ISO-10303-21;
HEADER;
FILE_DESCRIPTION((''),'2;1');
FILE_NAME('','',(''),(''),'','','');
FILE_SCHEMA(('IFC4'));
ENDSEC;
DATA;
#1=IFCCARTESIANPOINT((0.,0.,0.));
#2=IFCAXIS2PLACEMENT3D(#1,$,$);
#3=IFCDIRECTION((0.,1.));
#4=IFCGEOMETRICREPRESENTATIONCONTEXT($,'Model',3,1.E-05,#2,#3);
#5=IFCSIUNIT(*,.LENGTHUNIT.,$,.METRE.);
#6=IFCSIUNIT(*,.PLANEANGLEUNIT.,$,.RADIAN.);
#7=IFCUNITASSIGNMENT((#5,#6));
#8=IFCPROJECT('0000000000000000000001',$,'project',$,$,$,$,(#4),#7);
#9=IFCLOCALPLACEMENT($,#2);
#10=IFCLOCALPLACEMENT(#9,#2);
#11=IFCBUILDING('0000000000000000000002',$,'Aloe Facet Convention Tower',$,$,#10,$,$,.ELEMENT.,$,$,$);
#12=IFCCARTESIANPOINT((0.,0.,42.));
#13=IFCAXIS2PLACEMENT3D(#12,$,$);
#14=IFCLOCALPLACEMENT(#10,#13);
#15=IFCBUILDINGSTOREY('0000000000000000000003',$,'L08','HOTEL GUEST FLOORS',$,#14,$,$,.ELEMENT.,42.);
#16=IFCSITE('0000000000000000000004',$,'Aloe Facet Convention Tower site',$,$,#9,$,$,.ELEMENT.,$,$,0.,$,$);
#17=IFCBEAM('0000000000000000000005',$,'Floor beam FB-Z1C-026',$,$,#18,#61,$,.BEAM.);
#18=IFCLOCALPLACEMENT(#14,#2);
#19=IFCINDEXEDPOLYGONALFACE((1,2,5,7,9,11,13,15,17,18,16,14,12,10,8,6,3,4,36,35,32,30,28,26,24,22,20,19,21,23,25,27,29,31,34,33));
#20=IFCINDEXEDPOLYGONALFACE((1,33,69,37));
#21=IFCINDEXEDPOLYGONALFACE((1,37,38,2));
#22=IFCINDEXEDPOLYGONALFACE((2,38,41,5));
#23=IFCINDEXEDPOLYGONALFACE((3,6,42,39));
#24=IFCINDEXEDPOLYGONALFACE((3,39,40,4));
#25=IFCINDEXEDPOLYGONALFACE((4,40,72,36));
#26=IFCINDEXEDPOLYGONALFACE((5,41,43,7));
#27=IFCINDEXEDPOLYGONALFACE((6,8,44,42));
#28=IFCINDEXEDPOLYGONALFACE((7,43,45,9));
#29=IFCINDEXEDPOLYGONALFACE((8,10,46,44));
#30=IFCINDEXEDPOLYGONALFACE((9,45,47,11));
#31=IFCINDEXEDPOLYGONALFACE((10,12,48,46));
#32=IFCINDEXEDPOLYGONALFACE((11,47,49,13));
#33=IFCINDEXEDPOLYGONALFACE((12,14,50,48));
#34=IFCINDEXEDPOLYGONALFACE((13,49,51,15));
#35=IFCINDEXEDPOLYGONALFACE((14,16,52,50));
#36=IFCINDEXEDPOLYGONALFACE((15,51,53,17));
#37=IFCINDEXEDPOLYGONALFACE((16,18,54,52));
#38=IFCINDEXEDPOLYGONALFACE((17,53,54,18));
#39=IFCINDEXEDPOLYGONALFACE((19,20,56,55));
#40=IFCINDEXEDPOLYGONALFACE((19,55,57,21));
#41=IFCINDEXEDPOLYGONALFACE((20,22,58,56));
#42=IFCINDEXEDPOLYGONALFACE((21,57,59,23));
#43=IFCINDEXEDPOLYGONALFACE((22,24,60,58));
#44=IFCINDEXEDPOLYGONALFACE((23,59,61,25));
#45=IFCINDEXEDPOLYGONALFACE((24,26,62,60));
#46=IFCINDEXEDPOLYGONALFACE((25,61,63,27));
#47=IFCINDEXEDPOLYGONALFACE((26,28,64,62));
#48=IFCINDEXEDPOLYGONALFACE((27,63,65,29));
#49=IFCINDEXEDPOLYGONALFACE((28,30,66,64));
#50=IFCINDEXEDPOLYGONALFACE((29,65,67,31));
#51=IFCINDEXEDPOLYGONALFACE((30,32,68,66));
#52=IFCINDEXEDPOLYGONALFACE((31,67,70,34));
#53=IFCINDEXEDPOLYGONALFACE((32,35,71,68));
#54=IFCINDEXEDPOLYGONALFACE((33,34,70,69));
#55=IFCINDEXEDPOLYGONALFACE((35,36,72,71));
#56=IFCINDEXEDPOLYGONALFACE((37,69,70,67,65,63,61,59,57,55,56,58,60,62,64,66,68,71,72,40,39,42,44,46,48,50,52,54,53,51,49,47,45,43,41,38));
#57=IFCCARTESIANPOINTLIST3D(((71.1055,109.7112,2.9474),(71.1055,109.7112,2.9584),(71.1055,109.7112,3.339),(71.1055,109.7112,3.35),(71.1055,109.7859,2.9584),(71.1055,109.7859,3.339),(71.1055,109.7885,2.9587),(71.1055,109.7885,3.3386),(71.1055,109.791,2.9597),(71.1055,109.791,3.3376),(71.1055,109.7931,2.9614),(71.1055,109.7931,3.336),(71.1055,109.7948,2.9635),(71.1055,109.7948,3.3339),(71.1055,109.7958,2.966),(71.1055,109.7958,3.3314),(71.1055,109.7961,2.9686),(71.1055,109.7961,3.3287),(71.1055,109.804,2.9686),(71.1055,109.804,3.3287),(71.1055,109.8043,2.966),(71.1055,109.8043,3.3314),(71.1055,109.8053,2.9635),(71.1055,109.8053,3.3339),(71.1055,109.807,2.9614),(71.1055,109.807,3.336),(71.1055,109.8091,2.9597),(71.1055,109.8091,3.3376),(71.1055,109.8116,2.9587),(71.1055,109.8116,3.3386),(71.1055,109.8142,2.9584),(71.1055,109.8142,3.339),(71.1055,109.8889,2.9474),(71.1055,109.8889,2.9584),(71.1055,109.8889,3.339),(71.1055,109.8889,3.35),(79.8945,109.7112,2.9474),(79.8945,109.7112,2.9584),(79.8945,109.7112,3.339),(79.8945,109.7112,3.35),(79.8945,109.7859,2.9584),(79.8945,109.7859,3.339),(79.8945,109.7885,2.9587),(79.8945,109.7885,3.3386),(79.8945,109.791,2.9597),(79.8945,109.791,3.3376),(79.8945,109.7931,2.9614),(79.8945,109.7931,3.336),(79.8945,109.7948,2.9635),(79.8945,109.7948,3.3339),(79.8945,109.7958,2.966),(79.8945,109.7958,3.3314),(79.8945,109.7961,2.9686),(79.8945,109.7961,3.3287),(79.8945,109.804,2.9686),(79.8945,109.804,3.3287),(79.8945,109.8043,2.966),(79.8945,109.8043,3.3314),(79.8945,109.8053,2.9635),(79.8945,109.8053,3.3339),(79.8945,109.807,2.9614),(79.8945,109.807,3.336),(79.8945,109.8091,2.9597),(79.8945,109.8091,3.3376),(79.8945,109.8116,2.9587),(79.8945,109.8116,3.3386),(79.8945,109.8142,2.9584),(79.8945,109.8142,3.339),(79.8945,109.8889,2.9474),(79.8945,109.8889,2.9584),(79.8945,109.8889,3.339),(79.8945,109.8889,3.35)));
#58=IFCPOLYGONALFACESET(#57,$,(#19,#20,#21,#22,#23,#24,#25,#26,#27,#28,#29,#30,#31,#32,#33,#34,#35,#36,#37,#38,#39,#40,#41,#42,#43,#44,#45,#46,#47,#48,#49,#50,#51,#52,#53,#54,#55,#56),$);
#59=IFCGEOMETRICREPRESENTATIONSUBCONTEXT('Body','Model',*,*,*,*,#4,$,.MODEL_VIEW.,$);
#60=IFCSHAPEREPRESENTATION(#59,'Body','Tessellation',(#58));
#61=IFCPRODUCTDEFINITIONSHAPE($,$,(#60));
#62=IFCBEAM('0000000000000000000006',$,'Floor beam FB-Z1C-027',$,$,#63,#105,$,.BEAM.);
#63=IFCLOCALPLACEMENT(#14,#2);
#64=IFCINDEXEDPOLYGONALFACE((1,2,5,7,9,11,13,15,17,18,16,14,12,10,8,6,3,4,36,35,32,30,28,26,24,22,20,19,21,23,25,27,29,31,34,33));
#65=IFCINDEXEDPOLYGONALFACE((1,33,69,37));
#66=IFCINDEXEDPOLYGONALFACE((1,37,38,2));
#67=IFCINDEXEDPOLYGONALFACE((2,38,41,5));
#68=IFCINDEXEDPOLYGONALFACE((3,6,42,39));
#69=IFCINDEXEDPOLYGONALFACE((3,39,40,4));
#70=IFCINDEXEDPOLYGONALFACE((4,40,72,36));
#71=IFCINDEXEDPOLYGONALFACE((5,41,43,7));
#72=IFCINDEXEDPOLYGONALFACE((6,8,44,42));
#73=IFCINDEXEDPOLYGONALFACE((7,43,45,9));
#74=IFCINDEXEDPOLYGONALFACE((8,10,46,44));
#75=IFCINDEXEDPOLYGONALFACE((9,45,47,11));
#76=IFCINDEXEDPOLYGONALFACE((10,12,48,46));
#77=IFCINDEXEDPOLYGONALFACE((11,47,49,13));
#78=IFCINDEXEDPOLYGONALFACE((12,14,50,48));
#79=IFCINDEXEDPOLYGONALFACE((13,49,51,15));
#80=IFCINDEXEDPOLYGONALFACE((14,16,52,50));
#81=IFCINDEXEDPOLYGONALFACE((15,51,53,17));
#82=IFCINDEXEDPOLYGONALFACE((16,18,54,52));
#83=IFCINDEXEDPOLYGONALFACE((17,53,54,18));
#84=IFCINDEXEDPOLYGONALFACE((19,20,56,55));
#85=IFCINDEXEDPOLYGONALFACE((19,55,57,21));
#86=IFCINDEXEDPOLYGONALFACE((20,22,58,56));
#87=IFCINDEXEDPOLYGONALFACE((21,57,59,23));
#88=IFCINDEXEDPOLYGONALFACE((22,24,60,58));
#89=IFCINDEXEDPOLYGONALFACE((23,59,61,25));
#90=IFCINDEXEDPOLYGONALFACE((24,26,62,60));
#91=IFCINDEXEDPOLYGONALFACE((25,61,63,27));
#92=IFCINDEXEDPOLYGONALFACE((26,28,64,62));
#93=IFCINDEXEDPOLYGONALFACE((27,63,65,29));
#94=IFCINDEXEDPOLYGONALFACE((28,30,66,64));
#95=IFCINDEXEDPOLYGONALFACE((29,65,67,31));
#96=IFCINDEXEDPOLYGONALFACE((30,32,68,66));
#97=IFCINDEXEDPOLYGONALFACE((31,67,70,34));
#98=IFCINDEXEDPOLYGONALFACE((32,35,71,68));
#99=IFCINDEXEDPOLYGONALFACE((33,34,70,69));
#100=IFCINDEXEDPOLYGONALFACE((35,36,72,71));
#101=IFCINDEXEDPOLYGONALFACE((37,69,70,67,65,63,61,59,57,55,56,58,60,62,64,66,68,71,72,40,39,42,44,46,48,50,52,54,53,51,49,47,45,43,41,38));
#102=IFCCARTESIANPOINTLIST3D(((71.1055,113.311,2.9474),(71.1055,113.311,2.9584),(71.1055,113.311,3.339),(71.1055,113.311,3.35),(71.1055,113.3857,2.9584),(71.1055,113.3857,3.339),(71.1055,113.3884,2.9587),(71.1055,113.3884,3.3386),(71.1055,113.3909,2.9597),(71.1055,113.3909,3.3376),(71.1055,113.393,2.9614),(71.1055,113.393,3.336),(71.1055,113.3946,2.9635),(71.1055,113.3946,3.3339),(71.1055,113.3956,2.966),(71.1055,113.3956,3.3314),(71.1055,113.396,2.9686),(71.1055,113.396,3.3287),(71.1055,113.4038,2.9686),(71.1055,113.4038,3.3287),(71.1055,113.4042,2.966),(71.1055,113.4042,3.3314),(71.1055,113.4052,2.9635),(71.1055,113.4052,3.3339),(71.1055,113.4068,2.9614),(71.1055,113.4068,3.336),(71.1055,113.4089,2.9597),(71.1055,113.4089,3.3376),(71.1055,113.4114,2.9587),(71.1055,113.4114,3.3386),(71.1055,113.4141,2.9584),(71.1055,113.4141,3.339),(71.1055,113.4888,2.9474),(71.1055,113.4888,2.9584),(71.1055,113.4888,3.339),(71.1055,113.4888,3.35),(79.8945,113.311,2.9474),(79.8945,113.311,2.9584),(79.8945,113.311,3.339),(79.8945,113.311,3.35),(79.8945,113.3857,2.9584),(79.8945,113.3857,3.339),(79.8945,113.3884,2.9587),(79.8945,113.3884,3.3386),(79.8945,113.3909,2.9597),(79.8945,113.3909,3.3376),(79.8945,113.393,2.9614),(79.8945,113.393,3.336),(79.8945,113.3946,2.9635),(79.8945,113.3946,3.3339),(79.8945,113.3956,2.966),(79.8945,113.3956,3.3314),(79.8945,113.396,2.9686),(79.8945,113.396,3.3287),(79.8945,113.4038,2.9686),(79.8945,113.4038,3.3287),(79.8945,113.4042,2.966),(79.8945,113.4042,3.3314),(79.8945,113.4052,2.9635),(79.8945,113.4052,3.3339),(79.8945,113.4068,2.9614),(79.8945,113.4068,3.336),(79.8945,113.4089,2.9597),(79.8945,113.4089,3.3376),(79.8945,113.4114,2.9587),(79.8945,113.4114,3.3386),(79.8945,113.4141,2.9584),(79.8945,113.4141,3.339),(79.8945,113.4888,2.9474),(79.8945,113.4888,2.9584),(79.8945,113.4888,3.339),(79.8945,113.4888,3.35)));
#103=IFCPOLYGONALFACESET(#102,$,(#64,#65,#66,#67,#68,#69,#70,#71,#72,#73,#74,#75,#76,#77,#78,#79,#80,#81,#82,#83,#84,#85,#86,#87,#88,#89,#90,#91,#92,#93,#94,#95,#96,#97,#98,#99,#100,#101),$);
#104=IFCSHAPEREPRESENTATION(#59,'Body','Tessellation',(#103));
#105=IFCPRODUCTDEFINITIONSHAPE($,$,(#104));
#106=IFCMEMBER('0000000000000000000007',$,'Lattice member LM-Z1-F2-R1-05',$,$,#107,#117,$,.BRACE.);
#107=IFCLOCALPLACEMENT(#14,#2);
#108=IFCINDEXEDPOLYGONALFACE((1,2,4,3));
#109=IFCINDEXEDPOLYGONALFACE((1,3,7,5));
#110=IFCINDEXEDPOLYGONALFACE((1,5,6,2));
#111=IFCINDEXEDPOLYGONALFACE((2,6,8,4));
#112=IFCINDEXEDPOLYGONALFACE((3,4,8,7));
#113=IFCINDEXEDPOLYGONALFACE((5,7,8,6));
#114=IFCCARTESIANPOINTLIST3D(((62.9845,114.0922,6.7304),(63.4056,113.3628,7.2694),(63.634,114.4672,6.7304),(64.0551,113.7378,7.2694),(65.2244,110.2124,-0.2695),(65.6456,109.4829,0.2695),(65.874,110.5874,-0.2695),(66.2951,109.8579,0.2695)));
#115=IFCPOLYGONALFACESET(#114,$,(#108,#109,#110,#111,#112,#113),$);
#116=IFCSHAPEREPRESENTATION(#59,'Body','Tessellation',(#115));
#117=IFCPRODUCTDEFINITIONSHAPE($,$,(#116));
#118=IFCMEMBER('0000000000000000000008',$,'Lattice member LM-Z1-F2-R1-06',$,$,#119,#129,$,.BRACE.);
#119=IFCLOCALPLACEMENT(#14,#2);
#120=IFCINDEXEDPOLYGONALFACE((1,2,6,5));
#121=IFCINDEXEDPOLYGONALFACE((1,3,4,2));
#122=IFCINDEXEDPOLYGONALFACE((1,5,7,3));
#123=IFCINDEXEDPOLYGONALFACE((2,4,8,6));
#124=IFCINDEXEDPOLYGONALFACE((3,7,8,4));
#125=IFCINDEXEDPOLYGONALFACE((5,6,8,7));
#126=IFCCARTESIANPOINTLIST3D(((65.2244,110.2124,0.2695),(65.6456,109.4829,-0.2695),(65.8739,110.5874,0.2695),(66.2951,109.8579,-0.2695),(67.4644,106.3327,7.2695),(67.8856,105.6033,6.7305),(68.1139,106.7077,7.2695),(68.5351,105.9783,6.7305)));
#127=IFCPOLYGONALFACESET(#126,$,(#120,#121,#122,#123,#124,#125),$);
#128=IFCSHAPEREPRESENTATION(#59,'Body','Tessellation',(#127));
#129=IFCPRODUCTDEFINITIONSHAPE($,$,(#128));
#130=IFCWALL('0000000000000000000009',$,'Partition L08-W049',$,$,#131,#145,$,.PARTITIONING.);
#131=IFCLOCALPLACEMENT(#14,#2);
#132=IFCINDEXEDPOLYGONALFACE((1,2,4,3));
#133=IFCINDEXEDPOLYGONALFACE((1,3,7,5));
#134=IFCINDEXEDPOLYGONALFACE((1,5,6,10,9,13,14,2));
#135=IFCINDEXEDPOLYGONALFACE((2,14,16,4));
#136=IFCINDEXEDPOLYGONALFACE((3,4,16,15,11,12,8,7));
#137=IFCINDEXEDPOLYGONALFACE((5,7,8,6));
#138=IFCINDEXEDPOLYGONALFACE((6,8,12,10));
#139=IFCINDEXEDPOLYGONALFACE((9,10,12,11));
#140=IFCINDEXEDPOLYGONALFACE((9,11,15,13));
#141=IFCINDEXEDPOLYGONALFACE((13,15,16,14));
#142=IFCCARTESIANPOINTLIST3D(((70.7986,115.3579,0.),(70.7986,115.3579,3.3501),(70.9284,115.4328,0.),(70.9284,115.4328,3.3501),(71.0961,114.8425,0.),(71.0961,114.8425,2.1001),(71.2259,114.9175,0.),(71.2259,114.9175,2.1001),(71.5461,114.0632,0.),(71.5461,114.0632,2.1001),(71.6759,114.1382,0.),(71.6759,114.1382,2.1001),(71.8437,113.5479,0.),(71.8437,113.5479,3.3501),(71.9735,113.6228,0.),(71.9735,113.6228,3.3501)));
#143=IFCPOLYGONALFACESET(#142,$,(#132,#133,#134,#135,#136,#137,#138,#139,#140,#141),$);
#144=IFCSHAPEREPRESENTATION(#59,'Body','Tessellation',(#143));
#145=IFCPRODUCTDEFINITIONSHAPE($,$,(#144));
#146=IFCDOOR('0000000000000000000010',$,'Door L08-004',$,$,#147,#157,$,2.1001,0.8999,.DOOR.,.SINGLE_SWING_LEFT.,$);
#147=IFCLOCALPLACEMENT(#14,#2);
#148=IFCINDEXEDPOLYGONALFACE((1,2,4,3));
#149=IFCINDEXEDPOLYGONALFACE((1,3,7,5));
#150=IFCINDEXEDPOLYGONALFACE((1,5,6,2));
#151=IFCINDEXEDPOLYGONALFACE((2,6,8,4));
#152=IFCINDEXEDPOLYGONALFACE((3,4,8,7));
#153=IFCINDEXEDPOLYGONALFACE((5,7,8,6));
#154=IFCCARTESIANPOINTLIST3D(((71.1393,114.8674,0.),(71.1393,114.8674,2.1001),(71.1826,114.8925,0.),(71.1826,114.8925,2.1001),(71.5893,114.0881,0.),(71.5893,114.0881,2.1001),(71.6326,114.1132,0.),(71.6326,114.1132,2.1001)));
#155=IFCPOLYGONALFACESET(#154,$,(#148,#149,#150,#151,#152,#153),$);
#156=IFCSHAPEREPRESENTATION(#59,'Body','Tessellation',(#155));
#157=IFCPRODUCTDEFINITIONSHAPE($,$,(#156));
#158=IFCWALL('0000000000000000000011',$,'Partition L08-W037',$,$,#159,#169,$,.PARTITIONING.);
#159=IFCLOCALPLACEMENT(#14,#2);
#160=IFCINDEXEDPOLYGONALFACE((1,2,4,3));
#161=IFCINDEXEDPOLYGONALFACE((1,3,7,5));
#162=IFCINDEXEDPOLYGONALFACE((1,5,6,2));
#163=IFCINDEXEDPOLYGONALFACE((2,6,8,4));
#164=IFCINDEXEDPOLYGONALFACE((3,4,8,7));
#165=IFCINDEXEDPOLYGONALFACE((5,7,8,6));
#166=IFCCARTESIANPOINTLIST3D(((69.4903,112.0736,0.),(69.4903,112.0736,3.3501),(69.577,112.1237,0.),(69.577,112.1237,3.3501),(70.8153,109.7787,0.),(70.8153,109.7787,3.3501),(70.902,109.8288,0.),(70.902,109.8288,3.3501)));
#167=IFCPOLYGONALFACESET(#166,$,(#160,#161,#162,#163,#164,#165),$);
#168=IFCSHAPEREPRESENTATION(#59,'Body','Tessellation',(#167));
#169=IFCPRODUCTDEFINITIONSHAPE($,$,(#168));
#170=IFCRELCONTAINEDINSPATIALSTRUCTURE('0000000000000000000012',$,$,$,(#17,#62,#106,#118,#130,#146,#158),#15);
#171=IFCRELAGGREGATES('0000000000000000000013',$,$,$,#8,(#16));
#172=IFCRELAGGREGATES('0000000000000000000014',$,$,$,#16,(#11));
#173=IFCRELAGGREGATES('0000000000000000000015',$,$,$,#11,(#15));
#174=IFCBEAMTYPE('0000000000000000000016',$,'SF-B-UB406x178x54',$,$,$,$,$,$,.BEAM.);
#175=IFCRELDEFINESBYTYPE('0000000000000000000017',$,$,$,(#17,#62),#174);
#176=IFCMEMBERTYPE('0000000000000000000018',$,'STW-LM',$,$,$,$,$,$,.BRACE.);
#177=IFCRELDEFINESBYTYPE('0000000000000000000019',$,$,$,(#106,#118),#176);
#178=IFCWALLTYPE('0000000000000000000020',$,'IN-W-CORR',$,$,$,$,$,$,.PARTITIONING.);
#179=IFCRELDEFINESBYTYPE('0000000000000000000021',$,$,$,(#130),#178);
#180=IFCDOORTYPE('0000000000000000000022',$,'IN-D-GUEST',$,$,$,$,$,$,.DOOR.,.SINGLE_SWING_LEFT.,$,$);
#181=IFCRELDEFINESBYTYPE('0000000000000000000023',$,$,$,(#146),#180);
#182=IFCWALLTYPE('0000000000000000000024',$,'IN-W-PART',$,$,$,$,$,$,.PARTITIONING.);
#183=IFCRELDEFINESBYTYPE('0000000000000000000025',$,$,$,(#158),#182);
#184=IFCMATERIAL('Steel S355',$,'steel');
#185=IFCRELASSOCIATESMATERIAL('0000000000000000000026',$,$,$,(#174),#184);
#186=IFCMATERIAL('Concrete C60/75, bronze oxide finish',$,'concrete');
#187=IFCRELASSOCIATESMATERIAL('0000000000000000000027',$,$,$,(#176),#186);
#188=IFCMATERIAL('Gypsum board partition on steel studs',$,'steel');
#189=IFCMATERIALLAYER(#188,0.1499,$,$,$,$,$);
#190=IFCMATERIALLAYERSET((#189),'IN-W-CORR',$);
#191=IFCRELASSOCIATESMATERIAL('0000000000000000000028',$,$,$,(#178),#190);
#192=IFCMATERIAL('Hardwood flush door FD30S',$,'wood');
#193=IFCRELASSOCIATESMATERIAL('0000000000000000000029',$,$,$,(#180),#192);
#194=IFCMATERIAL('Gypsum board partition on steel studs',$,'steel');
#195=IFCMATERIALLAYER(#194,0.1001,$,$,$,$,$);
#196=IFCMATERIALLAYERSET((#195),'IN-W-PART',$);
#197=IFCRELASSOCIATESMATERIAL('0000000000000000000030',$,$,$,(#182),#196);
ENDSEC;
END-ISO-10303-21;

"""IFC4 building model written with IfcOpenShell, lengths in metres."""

from ifc_helpers import new_model, si_unit, direction, frame, frame_2d, origin, origin_2d, place, context, subcontext, project, spatial, rectangle, i_section, extrude, material, layer, layer_set, material_profile, profile_set, type_object, element, fill, save


model = new_model("IFC4")

# Units and contexts
model_context = context("Model", 3, precision=1e-05, world=origin(), true_north=direction((0.0, 1.0)))
body_context = subcontext(model_context, "Body", "Model", "MODEL_VIEW")
ifc_project = project(units=[si_unit("LENGTHUNIT", "METRE"), si_unit("PLANEANGLEUNIT", "RADIAN")], contexts=[model_context])

# Site, building, storey
site_placement = place(None, origin())
site = spatial("IfcSite", under=ifc_project, at=site_placement, Name="Aloe Facet Convention Tower site", CompositionType="ELEMENT", RefElevation=0.0)
building_placement = place(site_placement, origin())
building = spatial("IfcBuilding", under=site, at=building_placement, Name="Aloe Facet Convention Tower", CompositionType="ELEMENT")
storey_placement = place(building_placement, frame((0.0, 0.0, 42.0)))
storey = spatial("IfcBuildingStorey", under=building, at=storey_placement, Name="L08", Description="HOTEL GUEST FLOORS", CompositionType="ELEMENT", Elevation=42.0)

# Beams
ifc_material_1 = material(Name="Steel S355", Category="steel")
ifc_material_profile_1 = material_profile(ifc_material_1, i_section(OverallWidth=0.1777, OverallDepth=0.4026, WebThickness=0.0078, FlangeThickness=0.011, FilletRadius=0.0103, at=origin_2d()), Name="UB 406x178x54")
ifc_profile_set_1 = profile_set([ifc_material_profile_1], Name="Steel S355")
beam_type = type_object("IfcBeamType", Name="SF-B-UB406x178x54", PredefinedType="BEAM", material=ifc_profile_set_1)
for number, where, z_axis, x_axis, name in (
    (1, (71.1055, 109.8, 3.1487), (1.0, 0.0, 0.0), (0.0, 1.0, 0.0), "Floor beam FB-Z1C-026"),
    (2, (71.1055, 113.3999, 3.1487), (1.0, 0.0, 0.0), (0.0, 1.0, 0.0), "Floor beam FB-Z1C-027"),
):
    element("IfcBeam", number, at=place(storey_placement, frame(where, z_axis=z_axis, x_axis=x_axis)), inside=storey, type_object=beam_type, Name=name, PredefinedType="BEAM", context=body_context, shape_type="SweptSolid", body=[
        extrude(i_section(OverallWidth=0.1777, OverallDepth=0.4026, WebThickness=0.0078, FlangeThickness=0.011, FilletRadius=0.0103, at=origin_2d()), origin(), (0.0, 0.0, 1.0), 8.7891),
    ])

# Members
ifc_material_2 = material(Name="Concrete C60/75, bronze oxide finish", Category="concrete")
ifc_material_profile_2 = material_profile(ifc_material_2, rectangle(XDim=0.75, YDim=1.0, at=origin_2d()), Name="STW-LM")
ifc_profile_set_2 = profile_set([ifc_material_profile_2], Name="Concrete C60/75, bronze oxide finish")
member_type = type_object("IfcMemberType", Name="STW-LM", PredefinedType="BRACE", material=ifc_profile_set_2)
for number, where, z_axis, x_axis, name in (
    (3, (65.7598, 110.0352, 0.0), (-0.269524, 0.466843, 0.842267), (-0.866031, -0.49999, 0.0), "Lattice member LM-Z1-F2-R1-05"),
    (4, (65.7598, 110.0352, 0.0), (0.269528, -0.46682, 0.842279), (0.866018, 0.500013, 0.0), "Lattice member LM-Z1-F2-R1-06"),
):
    element("IfcMember", number, at=place(storey_placement, frame(where, z_axis=z_axis, x_axis=x_axis)), inside=storey, type_object=member_type, Name=name, PredefinedType="BRACE", context=body_context, shape_type="SweptSolid", body=[
        extrude(rectangle(XDim=0.75, YDim=1.0, at=origin_2d()), origin(), (0.0, 0.0, 1.0), 8.3108),
    ])

# Wall, opening, door
ifc_material_3 = material(Name="Gypsum board partition on steel studs", Category="steel")
ifc_layer_1 = layer(ifc_material_3, 0.1499)
ifc_layer_set_1 = layer_set([ifc_layer_1], Name="IN-W-CORR")
wall_type_1 = type_object("IfcWallType", Name="IN-W-CORR", PredefinedType="PARTITIONING", material=ifc_layer_set_1)
wall_1_placement = place(storey_placement, frame((70.8635, 115.3953, 0.0), z_axis=(0.0, 0.0, 1.0), x_axis=(0.500046, -0.865999, 0.0)))
wall_1 = element("IfcWall", 5, at=wall_1_placement, inside=storey, type_object=wall_type_1, Name="Partition L08-W049", PredefinedType="PARTITIONING", context=body_context, shape_type="SweptSolid", body=[
    extrude(rectangle(XDim=2.0901, YDim=0.1499, at=frame_2d((1.0449, 0.0))), origin(), (0.0, 0.0, 1.0), 3.3501),
])
opening_1_placement = place(wall_1_placement, frame((0.595, 0.0, 0.0)))
opening_1 = element("IfcOpeningElement", 6, at=opening_1_placement, cuts=wall_1, PredefinedType="OPENING", context=body_context, shape_type="SweptSolid", body=[
    extrude(rectangle(XDim=0.8999, YDim=2.1001, at=frame_2d((0.45, 1.05))), frame((0.0, 0.085, 0.0), z_axis=(0.0, -1.0, 0.0), x_axis=(1.0, 0.0, 0.0)), (0.0, 0.0, 1.0), 0.1699),
])
ifc_material_4 = material(Name="Hardwood flush door FD30S", Category="wood")
door_type_1 = type_object("IfcDoorType", Name="IN-D-GUEST", OperationType="SINGLE_SWING_LEFT", PredefinedType="DOOR", material=ifc_material_4)
door_1_placement = place(opening_1_placement, origin())
door_1 = element("IfcDoor", 7, at=door_1_placement, inside=storey, type_object=door_type_1, Name="Door L08-004", OperationType="SINGLE_SWING_LEFT", OverallHeight=2.1001, OverallWidth=0.8999, PredefinedType="DOOR", context=body_context, shape_type="SweptSolid", body=[
    extrude(rectangle(XDim=0.8999, YDim=2.1001, at=frame_2d((0.45, 1.05))), frame((0.0, 0.0249, 0.0), z_axis=(0.0, -1.0, 0.0), x_axis=(1.0, 0.0, 0.0)), (0.0, 0.0, 1.0), 0.05),
])
fill(opening_1, door_1)

# Wall
ifc_material_5 = material(Name="Gypsum board partition on steel studs", Category="steel")
ifc_layer_2 = layer(ifc_material_5, 0.1001)
ifc_layer_set_2 = layer_set([ifc_layer_2], Name="IN-W-PART")
wall_type_2 = type_object("IfcWallType", Name="IN-W-PART", PredefinedType="PARTITIONING", material=ifc_layer_set_2)
wall_2_placement = place(storey_placement, frame((69.5337, 112.0986, 0.0), z_axis=(0.0, 0.0, 1.0), x_axis=(0.499994, -0.866029, 0.0)))
element("IfcWall", 8, at=wall_2_placement, inside=storey, type_object=wall_type_2, Name="Partition L08-W037", PredefinedType="PARTITIONING", context=body_context, shape_type="SweptSolid", body=[
    extrude(rectangle(XDim=2.6499, YDim=0.1001, at=frame_2d((1.325, 0.0))), origin(), (0.0, 0.0, 1.0), 3.3501),
])

save(model, "model.ifc")
